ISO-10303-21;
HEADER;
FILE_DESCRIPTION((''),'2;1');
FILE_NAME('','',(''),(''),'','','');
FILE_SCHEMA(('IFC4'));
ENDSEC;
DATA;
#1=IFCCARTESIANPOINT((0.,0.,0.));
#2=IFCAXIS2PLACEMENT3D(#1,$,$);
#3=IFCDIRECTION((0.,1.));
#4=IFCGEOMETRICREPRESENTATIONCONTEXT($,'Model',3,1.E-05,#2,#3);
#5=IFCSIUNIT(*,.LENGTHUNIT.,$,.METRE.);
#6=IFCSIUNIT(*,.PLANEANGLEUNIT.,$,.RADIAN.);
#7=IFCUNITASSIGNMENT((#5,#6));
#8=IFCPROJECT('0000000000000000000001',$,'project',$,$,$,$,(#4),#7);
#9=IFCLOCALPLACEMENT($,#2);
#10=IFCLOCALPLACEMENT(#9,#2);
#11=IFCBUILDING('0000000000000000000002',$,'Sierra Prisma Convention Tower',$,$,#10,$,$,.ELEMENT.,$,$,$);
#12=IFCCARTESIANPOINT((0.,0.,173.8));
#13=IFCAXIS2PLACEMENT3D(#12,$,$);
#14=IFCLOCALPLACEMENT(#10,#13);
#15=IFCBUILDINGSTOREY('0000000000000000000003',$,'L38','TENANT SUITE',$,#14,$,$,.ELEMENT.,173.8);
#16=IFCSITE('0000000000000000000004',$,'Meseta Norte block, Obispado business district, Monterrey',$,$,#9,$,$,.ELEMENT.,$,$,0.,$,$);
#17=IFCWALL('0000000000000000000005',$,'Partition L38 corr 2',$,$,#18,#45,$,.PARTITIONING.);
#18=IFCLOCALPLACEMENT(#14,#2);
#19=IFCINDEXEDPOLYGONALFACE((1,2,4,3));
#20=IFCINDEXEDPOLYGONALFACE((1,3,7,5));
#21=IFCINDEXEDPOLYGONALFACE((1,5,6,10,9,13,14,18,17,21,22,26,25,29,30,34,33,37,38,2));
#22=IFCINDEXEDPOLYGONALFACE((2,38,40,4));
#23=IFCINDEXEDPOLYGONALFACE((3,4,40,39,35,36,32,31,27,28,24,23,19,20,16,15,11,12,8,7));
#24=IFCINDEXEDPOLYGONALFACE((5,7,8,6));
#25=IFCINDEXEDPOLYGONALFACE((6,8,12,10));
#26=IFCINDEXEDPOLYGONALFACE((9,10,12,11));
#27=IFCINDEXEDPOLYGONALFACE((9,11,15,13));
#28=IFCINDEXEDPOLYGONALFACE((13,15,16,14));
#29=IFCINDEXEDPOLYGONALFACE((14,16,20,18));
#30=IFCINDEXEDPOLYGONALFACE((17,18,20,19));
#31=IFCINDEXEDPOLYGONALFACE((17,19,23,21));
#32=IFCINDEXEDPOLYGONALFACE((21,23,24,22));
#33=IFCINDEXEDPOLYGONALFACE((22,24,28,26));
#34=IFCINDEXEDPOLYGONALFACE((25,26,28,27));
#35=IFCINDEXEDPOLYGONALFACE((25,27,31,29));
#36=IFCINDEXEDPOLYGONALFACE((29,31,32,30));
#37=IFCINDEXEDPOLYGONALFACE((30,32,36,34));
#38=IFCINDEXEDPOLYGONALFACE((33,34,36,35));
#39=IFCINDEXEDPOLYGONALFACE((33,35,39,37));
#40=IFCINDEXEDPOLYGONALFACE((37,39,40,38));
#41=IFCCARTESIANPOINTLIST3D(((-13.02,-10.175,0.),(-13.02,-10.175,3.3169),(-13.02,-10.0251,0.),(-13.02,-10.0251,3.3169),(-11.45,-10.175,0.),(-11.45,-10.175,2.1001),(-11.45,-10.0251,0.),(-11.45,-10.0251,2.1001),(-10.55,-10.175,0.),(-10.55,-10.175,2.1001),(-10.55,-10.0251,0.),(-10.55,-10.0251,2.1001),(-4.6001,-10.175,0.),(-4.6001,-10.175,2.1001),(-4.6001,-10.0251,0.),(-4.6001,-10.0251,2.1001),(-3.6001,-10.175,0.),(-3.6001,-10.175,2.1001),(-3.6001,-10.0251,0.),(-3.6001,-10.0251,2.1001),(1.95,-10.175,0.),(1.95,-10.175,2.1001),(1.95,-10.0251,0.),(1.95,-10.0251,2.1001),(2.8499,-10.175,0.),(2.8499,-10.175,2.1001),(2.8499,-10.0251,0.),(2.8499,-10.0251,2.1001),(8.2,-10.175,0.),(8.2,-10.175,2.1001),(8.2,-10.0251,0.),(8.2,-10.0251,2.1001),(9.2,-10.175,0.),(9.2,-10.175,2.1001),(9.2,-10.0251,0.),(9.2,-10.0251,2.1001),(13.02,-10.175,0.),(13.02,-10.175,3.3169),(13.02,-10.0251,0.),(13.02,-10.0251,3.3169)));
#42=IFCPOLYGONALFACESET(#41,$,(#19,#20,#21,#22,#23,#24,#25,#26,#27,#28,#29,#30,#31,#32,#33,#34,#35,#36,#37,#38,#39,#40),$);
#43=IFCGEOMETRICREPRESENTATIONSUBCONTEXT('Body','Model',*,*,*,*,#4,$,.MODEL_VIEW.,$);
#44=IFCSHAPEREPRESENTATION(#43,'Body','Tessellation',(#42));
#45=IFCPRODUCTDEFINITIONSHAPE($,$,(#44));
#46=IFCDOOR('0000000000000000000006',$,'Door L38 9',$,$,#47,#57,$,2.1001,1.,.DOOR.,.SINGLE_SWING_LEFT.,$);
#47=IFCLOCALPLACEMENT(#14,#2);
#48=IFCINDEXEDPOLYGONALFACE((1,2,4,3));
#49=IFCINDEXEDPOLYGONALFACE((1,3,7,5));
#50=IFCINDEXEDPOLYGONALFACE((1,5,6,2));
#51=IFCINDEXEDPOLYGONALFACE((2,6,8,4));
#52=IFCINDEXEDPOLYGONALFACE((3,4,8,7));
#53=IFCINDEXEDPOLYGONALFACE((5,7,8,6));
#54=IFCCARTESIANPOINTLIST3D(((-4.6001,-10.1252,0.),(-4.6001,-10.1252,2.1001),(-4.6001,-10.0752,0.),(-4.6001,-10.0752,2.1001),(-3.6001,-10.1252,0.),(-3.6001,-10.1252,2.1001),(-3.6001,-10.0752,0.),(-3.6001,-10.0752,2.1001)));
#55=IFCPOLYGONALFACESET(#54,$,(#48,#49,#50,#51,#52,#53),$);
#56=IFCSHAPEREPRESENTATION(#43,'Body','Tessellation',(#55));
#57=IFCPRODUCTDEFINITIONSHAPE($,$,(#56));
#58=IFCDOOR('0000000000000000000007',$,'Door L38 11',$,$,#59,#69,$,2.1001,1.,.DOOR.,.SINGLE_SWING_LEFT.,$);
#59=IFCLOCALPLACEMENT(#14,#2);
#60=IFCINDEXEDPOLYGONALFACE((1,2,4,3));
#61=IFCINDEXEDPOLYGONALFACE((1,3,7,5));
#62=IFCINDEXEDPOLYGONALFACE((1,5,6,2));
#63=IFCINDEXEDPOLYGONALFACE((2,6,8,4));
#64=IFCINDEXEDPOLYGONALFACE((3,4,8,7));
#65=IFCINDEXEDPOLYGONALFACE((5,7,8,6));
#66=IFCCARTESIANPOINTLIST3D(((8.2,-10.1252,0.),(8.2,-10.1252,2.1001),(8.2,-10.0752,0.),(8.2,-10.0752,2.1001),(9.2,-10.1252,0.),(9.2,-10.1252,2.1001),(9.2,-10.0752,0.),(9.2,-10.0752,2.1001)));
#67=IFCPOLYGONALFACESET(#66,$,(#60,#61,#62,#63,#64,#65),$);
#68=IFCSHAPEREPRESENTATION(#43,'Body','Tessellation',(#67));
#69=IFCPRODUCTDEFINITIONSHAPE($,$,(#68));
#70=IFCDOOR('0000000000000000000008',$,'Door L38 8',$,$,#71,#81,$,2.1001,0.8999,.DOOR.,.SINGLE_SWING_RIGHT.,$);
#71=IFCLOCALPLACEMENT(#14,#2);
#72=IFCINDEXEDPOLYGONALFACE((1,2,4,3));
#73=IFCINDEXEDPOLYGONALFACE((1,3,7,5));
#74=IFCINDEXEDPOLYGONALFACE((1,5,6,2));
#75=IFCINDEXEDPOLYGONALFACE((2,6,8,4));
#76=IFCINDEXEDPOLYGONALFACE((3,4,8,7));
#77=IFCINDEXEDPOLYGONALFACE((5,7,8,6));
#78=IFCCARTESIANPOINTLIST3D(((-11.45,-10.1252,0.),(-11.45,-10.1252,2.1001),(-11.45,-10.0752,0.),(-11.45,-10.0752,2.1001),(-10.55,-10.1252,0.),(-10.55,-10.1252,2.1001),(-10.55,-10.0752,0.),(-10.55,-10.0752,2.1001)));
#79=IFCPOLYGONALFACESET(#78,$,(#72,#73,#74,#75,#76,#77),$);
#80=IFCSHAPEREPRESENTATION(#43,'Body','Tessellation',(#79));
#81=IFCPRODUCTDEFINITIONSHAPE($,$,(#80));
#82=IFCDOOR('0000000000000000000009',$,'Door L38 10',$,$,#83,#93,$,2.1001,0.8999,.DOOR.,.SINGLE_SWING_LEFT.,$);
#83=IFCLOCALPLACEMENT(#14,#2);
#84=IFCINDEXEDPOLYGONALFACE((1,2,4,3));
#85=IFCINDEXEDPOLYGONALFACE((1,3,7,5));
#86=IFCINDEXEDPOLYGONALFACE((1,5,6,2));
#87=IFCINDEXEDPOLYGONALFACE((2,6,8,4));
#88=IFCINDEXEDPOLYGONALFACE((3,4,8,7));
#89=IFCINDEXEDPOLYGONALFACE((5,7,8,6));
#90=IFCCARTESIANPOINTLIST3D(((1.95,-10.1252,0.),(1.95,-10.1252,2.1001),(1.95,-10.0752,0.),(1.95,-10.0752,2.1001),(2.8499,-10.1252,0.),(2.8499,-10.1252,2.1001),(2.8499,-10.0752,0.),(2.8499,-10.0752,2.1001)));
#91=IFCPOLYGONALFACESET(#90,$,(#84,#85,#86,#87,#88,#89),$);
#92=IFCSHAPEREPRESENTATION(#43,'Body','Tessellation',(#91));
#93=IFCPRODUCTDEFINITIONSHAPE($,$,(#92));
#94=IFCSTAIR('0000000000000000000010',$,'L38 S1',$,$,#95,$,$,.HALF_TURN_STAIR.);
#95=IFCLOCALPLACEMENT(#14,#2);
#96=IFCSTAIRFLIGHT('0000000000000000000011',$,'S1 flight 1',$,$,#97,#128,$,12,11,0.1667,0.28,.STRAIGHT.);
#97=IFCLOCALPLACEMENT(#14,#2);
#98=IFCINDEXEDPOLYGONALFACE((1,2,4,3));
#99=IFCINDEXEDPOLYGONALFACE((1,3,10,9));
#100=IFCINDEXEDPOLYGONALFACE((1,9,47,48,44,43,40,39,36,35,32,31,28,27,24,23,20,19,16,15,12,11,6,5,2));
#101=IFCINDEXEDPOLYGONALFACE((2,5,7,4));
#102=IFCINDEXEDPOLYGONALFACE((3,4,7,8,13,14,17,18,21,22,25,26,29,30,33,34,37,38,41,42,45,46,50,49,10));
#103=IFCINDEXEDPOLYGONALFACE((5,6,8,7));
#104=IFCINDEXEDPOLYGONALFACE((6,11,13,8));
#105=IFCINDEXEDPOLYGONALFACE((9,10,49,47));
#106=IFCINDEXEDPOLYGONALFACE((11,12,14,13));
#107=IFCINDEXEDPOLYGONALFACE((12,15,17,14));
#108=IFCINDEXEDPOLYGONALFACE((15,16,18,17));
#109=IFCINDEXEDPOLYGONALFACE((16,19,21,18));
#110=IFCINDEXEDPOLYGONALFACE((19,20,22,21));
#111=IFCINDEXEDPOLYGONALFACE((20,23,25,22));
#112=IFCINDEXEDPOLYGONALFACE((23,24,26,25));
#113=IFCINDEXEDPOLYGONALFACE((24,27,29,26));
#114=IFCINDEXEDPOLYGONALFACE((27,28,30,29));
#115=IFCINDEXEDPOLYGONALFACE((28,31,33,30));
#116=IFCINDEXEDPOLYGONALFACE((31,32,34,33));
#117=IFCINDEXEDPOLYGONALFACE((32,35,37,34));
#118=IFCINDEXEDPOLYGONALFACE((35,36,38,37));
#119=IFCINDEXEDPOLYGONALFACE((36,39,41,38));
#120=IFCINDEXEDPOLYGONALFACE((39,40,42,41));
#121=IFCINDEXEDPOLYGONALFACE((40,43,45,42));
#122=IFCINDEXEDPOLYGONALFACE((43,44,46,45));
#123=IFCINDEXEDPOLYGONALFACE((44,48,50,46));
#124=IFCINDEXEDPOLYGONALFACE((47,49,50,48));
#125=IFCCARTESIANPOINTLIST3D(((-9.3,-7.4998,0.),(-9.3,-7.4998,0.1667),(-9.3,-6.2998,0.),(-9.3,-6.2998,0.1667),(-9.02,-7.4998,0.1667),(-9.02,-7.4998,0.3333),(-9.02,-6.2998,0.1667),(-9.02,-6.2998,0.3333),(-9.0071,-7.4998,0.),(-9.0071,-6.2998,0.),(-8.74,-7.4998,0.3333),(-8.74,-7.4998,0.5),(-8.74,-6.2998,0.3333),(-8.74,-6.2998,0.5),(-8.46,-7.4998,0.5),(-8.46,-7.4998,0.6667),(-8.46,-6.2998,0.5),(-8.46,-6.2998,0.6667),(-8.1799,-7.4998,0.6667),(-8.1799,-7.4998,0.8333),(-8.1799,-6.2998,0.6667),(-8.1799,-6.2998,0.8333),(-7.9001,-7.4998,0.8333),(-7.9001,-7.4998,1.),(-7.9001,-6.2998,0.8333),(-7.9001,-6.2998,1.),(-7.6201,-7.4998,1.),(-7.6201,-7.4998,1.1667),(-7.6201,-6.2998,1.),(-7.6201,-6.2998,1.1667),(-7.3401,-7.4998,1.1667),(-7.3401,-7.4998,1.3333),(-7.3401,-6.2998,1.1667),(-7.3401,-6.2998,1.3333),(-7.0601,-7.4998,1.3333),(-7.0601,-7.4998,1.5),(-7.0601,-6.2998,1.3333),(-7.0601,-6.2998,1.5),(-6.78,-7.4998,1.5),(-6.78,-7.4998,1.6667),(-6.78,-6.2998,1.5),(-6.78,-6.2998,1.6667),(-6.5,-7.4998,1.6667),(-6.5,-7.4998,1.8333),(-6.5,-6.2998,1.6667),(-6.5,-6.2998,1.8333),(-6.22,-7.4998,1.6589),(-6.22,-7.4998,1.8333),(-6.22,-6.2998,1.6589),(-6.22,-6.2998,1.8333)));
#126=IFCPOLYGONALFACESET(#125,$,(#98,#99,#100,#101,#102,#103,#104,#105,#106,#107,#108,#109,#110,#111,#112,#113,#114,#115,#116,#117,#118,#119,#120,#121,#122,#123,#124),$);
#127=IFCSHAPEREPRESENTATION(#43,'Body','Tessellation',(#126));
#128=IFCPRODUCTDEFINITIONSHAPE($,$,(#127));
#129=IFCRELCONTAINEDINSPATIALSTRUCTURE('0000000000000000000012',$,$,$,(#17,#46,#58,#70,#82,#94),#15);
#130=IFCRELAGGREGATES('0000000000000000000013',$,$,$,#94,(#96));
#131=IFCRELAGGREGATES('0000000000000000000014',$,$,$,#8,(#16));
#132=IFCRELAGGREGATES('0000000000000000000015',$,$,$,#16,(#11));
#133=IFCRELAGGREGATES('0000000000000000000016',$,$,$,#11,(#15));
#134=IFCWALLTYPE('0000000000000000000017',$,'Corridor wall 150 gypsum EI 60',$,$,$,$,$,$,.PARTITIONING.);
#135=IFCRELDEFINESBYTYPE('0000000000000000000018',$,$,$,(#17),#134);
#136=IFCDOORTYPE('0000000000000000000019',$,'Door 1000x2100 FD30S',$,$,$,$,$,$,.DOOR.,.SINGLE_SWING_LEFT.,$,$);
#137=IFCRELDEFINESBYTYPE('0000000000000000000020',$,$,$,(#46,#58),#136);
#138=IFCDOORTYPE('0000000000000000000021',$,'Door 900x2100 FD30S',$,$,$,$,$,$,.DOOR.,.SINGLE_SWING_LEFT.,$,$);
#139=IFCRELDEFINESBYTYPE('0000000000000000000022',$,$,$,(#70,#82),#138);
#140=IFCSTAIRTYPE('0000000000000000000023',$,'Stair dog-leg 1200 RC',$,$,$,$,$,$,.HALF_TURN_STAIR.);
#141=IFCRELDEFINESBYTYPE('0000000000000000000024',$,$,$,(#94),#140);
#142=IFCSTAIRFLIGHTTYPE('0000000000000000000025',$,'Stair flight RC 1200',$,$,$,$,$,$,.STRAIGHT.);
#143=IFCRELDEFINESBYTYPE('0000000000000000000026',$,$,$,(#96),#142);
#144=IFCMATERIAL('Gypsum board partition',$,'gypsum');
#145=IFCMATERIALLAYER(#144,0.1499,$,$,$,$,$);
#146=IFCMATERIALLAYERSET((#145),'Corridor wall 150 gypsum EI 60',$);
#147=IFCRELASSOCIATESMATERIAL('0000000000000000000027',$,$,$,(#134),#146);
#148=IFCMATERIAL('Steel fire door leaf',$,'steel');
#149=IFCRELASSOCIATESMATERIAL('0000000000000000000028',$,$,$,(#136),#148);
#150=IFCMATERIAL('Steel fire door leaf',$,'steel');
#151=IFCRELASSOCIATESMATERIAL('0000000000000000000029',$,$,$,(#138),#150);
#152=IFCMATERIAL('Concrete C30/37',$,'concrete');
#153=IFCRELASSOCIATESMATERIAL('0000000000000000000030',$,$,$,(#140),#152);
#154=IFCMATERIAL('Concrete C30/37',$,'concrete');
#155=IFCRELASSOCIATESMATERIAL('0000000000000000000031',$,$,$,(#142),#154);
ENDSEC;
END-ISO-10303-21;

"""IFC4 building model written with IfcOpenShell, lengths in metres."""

from ifc_helpers import new_model, si_unit, direction, frame, frame_2d, origin, place, context, subcontext, project, spatial, polyline, rectangle, outline, extrude, material, layer, layer_set, type_object, element, fill, aggregate, save


model = new_model("IFC4")

# Units and contexts
model_context = context("Model", 3, precision=1e-05, world=origin(), true_north=direction((0.0, 1.0)))
body_context = subcontext(model_context, "Body", "Model", "MODEL_VIEW")
ifc_project = project(units=[si_unit("LENGTHUNIT", "METRE"), si_unit("PLANEANGLEUNIT", "RADIAN")], contexts=[model_context])

# Site, building, storey
site_placement = place(None, origin())
site = spatial("IfcSite", under=ifc_project, at=site_placement, Name="Meseta Norte block, Obispado business district, Monterrey", CompositionType="ELEMENT", RefElevation=0.0)
building_placement = place(site_placement, origin())
building = spatial("IfcBuilding", under=site, at=building_placement, Name="Sierra Prisma Convention Tower", CompositionType="ELEMENT")
storey_placement = place(building_placement, frame((0.0, 0.0, 173.8)))
storey = spatial("IfcBuildingStorey", under=building, at=storey_placement, Name="L38", Description="TENANT SUITE", CompositionType="ELEMENT", Elevation=173.8)

# Wall, openings, doors
ifc_material_1 = material(Name="Gypsum board partition", Category="gypsum")
ifc_layer_1 = layer(ifc_material_1, 0.1499)
ifc_layer_set_1 = layer_set([ifc_layer_1], Name="Corridor wall 150 gypsum EI 60")
wall_type_1 = type_object("IfcWallType", Name="Corridor wall 150 gypsum EI 60", PredefinedType="PARTITIONING", material=ifc_layer_set_1)
wall_1_placement = place(storey_placement, frame((-13.02, -10.1001, 0.0), z_axis=(0.0, 0.0, 1.0), x_axis=(1.0, 0.0, 0.0)))
wall_1 = element("IfcWall", 1, at=wall_1_placement, inside=storey, type_object=wall_type_1, Name="Partition L38 corr 2", PredefinedType="PARTITIONING", context=body_context, shape_type="SweptSolid", body=[
    extrude(rectangle(XDim=26.04, YDim=0.1499, at=frame_2d((13.02, 0.0))), origin(), (0.0, 0.0, 1.0), 3.3169),
])
opening_1_placement = place(wall_1_placement, frame((1.5701, 0.0, 0.0)))
opening_1 = element("IfcOpeningElement", 2, at=opening_1_placement, cuts=wall_1, PredefinedType="OPENING", context=body_context, shape_type="SweptSolid", body=[
    extrude(rectangle(XDim=0.8999, YDim=2.1001, at=frame_2d((0.45, 1.05))), frame((0.0, 0.075, 0.0), z_axis=(0.0, -1.0, 0.0), x_axis=(1.0, 0.0, 0.0)), (0.0, 0.0, 1.0), 0.1499),
])
opening_2_placement = place(wall_1_placement, frame((8.4199, 0.0, 0.0)))
opening_2 = element("IfcOpeningElement", 3, at=opening_2_placement, cuts=wall_1, PredefinedType="OPENING", context=body_context, shape_type="SweptSolid", body=[
    extrude(rectangle(XDim=1.0, YDim=2.1001, at=frame_2d((0.5, 1.05))), frame((0.0, 0.075, 0.0), z_axis=(0.0, -1.0, 0.0), x_axis=(1.0, 0.0, 0.0)), (0.0, 0.0, 1.0), 0.1499),
])
opening_3_placement = place(wall_1_placement, frame((14.97, 0.0, 0.0)))
opening_3 = element("IfcOpeningElement", 4, at=opening_3_placement, cuts=wall_1, PredefinedType="OPENING", context=body_context, shape_type="SweptSolid", body=[
    extrude(rectangle(XDim=0.8999, YDim=2.1001, at=frame_2d((0.45, 1.05))), frame((0.0, 0.075, 0.0), z_axis=(0.0, -1.0, 0.0), x_axis=(1.0, 0.0, 0.0)), (0.0, 0.0, 1.0), 0.1499),
])
opening_4_placement = place(wall_1_placement, frame((21.22, 0.0, 0.0)))
opening_4 = element("IfcOpeningElement", 5, at=opening_4_placement, cuts=wall_1, PredefinedType="OPENING", context=body_context, shape_type="SweptSolid", body=[
    extrude(rectangle(XDim=1.0, YDim=2.1001, at=frame_2d((0.5, 1.05))), frame((0.0, 0.075, 0.0), z_axis=(0.0, -1.0, 0.0), x_axis=(1.0, 0.0, 0.0)), (0.0, 0.0, 1.0), 0.1499),
])
ifc_material_2 = material(Name="Steel fire door leaf", Category="steel")
door_type_1 = type_object("IfcDoorType", Name="Door 1000x2100 FD30S", OperationType="SINGLE_SWING_LEFT", PredefinedType="DOOR", material=ifc_material_2)
door_1_placement = place(opening_2_placement, origin())
door_1 = element("IfcDoor", 6, at=door_1_placement, inside=storey, type_object=door_type_1, Name="Door L38 9", OperationType="SINGLE_SWING_LEFT", OverallHeight=2.1001, OverallWidth=1.0, PredefinedType="DOOR", context=body_context, shape_type="SweptSolid", body=[
    extrude(rectangle(XDim=1.0, YDim=2.1001, at=frame_2d((0.5, 1.05))), frame((0.0, 0.0249, 0.0), z_axis=(0.0, -1.0, 0.0), x_axis=(1.0, 0.0, 0.0)), (0.0, 0.0, 1.0), 0.05),
])
fill(opening_2, door_1)
door_2_placement = place(opening_4_placement, origin())
door_2 = element("IfcDoor", 7, at=door_2_placement, inside=storey, type_object=door_type_1, Name="Door L38 11", OperationType="SINGLE_SWING_LEFT", OverallHeight=2.1001, OverallWidth=1.0, PredefinedType="DOOR", context=body_context, shape_type="SweptSolid", body=[
    extrude(rectangle(XDim=1.0, YDim=2.1001, at=frame_2d((0.5, 1.05))), frame((0.0, 0.0249, 0.0), z_axis=(0.0, -1.0, 0.0), x_axis=(1.0, 0.0, 0.0)), (0.0, 0.0, 1.0), 0.05),
])
fill(opening_4, door_2)
ifc_material_3 = material(Name="Steel fire door leaf", Category="steel")
door_type_2 = type_object("IfcDoorType", Name="Door 900x2100 FD30S", OperationType="SINGLE_SWING_LEFT", PredefinedType="DOOR", material=ifc_material_3)
door_3_placement = place(opening_1_placement, origin())
door_3 = element("IfcDoor", 8, at=door_3_placement, inside=storey, type_object=door_type_2, Name="Door L38 8", OperationType="SINGLE_SWING_RIGHT", OverallHeight=2.1001, OverallWidth=0.8999, PredefinedType="DOOR", context=body_context, shape_type="SweptSolid", body=[
    extrude(rectangle(XDim=0.8999, YDim=2.1001, at=frame_2d((0.45, 1.05))), frame((0.0, 0.0249, 0.0), z_axis=(0.0, -1.0, 0.0), x_axis=(1.0, 0.0, 0.0)), (0.0, 0.0, 1.0), 0.05),
])
fill(opening_1, door_3)
door_4_placement = place(opening_3_placement, origin())
door_4 = element("IfcDoor", 9, at=door_4_placement, inside=storey, type_object=door_type_2, Name="Door L38 10", OperationType="SINGLE_SWING_LEFT", OverallHeight=2.1001, OverallWidth=0.8999, PredefinedType="DOOR", context=body_context, shape_type="SweptSolid", body=[
    extrude(rectangle(XDim=0.8999, YDim=2.1001, at=frame_2d((0.45, 1.05))), frame((0.0, 0.0249, 0.0), z_axis=(0.0, -1.0, 0.0), x_axis=(1.0, 0.0, 0.0)), (0.0, 0.0, 1.0), 0.05),
])
fill(opening_3, door_4)

# Stair, stair flight
ifc_material_4 = material(Name="Concrete C30/37", Category="concrete")
stair_type = type_object("IfcStairType", Name="Stair dog-leg 1200 RC", PredefinedType="HALF_TURN_STAIR", material=ifc_material_4)
stair_placement = place(storey_placement, origin())
stair = element("IfcStair", 10, at=stair_placement, inside=storey, type_object=stair_type, Name="L38 S1", PredefinedType="HALF_TURN_STAIR")
ifc_material_5 = material(Name="Concrete C30/37", Category="concrete")
stair_flight_type = type_object("IfcStairFlightType", Name="Stair flight RC 1200", PredefinedType="STRAIGHT", material=ifc_material_5)
stair_flight_placement = place(storey_placement, frame((-9.3, -6.8999, 0.0), z_axis=(0.0, 0.0, 1.0), x_axis=(1.0, 0.0, 0.0)))
stair_flight = element("IfcStairFlight", 11, at=stair_flight_placement, type_object=stair_flight_type, Name="S1 flight 1", NumberOfRisers=12, NumberOfTreads=11, PredefinedType="STRAIGHT", RiserHeight=0.1667, TreadLength=0.28, context=body_context, shape_type="SweptSolid", body=[
    extrude(outline(polyline([(0.0, 0.0), (0.0, 0.1667), (0.28, 0.1667), (0.28, 0.3333), (0.5601, 0.3333), (0.5601, 0.5), (0.8401, 0.5), (0.8401, 0.6667), (1.1201, 0.6667), (1.1201, 0.8333), (1.3999, 0.8333), (1.3999, 1.0), (1.6799, 1.0), (1.6799, 1.1667), (1.96, 1.1667), (1.96, 1.3333), (2.24, 1.3333), (2.24, 1.5), (2.52, 1.5), (2.52, 1.6667), (2.8, 1.6667), (2.8, 1.8333), (3.0801, 1.8333), (3.0801, 2.0), (3.0801, 1.6589), (0.293, 0.0), (0.0, 0.0)])), frame((0.0, 0.6001, 0.0), z_axis=(0.0, -1.0, 0.0), x_axis=(1.0, 0.0, 0.0)), (0.0, 0.0, 1.0), 1.2),
])
aggregate(stair, [stair_flight])

save(model, "model.ifc")
